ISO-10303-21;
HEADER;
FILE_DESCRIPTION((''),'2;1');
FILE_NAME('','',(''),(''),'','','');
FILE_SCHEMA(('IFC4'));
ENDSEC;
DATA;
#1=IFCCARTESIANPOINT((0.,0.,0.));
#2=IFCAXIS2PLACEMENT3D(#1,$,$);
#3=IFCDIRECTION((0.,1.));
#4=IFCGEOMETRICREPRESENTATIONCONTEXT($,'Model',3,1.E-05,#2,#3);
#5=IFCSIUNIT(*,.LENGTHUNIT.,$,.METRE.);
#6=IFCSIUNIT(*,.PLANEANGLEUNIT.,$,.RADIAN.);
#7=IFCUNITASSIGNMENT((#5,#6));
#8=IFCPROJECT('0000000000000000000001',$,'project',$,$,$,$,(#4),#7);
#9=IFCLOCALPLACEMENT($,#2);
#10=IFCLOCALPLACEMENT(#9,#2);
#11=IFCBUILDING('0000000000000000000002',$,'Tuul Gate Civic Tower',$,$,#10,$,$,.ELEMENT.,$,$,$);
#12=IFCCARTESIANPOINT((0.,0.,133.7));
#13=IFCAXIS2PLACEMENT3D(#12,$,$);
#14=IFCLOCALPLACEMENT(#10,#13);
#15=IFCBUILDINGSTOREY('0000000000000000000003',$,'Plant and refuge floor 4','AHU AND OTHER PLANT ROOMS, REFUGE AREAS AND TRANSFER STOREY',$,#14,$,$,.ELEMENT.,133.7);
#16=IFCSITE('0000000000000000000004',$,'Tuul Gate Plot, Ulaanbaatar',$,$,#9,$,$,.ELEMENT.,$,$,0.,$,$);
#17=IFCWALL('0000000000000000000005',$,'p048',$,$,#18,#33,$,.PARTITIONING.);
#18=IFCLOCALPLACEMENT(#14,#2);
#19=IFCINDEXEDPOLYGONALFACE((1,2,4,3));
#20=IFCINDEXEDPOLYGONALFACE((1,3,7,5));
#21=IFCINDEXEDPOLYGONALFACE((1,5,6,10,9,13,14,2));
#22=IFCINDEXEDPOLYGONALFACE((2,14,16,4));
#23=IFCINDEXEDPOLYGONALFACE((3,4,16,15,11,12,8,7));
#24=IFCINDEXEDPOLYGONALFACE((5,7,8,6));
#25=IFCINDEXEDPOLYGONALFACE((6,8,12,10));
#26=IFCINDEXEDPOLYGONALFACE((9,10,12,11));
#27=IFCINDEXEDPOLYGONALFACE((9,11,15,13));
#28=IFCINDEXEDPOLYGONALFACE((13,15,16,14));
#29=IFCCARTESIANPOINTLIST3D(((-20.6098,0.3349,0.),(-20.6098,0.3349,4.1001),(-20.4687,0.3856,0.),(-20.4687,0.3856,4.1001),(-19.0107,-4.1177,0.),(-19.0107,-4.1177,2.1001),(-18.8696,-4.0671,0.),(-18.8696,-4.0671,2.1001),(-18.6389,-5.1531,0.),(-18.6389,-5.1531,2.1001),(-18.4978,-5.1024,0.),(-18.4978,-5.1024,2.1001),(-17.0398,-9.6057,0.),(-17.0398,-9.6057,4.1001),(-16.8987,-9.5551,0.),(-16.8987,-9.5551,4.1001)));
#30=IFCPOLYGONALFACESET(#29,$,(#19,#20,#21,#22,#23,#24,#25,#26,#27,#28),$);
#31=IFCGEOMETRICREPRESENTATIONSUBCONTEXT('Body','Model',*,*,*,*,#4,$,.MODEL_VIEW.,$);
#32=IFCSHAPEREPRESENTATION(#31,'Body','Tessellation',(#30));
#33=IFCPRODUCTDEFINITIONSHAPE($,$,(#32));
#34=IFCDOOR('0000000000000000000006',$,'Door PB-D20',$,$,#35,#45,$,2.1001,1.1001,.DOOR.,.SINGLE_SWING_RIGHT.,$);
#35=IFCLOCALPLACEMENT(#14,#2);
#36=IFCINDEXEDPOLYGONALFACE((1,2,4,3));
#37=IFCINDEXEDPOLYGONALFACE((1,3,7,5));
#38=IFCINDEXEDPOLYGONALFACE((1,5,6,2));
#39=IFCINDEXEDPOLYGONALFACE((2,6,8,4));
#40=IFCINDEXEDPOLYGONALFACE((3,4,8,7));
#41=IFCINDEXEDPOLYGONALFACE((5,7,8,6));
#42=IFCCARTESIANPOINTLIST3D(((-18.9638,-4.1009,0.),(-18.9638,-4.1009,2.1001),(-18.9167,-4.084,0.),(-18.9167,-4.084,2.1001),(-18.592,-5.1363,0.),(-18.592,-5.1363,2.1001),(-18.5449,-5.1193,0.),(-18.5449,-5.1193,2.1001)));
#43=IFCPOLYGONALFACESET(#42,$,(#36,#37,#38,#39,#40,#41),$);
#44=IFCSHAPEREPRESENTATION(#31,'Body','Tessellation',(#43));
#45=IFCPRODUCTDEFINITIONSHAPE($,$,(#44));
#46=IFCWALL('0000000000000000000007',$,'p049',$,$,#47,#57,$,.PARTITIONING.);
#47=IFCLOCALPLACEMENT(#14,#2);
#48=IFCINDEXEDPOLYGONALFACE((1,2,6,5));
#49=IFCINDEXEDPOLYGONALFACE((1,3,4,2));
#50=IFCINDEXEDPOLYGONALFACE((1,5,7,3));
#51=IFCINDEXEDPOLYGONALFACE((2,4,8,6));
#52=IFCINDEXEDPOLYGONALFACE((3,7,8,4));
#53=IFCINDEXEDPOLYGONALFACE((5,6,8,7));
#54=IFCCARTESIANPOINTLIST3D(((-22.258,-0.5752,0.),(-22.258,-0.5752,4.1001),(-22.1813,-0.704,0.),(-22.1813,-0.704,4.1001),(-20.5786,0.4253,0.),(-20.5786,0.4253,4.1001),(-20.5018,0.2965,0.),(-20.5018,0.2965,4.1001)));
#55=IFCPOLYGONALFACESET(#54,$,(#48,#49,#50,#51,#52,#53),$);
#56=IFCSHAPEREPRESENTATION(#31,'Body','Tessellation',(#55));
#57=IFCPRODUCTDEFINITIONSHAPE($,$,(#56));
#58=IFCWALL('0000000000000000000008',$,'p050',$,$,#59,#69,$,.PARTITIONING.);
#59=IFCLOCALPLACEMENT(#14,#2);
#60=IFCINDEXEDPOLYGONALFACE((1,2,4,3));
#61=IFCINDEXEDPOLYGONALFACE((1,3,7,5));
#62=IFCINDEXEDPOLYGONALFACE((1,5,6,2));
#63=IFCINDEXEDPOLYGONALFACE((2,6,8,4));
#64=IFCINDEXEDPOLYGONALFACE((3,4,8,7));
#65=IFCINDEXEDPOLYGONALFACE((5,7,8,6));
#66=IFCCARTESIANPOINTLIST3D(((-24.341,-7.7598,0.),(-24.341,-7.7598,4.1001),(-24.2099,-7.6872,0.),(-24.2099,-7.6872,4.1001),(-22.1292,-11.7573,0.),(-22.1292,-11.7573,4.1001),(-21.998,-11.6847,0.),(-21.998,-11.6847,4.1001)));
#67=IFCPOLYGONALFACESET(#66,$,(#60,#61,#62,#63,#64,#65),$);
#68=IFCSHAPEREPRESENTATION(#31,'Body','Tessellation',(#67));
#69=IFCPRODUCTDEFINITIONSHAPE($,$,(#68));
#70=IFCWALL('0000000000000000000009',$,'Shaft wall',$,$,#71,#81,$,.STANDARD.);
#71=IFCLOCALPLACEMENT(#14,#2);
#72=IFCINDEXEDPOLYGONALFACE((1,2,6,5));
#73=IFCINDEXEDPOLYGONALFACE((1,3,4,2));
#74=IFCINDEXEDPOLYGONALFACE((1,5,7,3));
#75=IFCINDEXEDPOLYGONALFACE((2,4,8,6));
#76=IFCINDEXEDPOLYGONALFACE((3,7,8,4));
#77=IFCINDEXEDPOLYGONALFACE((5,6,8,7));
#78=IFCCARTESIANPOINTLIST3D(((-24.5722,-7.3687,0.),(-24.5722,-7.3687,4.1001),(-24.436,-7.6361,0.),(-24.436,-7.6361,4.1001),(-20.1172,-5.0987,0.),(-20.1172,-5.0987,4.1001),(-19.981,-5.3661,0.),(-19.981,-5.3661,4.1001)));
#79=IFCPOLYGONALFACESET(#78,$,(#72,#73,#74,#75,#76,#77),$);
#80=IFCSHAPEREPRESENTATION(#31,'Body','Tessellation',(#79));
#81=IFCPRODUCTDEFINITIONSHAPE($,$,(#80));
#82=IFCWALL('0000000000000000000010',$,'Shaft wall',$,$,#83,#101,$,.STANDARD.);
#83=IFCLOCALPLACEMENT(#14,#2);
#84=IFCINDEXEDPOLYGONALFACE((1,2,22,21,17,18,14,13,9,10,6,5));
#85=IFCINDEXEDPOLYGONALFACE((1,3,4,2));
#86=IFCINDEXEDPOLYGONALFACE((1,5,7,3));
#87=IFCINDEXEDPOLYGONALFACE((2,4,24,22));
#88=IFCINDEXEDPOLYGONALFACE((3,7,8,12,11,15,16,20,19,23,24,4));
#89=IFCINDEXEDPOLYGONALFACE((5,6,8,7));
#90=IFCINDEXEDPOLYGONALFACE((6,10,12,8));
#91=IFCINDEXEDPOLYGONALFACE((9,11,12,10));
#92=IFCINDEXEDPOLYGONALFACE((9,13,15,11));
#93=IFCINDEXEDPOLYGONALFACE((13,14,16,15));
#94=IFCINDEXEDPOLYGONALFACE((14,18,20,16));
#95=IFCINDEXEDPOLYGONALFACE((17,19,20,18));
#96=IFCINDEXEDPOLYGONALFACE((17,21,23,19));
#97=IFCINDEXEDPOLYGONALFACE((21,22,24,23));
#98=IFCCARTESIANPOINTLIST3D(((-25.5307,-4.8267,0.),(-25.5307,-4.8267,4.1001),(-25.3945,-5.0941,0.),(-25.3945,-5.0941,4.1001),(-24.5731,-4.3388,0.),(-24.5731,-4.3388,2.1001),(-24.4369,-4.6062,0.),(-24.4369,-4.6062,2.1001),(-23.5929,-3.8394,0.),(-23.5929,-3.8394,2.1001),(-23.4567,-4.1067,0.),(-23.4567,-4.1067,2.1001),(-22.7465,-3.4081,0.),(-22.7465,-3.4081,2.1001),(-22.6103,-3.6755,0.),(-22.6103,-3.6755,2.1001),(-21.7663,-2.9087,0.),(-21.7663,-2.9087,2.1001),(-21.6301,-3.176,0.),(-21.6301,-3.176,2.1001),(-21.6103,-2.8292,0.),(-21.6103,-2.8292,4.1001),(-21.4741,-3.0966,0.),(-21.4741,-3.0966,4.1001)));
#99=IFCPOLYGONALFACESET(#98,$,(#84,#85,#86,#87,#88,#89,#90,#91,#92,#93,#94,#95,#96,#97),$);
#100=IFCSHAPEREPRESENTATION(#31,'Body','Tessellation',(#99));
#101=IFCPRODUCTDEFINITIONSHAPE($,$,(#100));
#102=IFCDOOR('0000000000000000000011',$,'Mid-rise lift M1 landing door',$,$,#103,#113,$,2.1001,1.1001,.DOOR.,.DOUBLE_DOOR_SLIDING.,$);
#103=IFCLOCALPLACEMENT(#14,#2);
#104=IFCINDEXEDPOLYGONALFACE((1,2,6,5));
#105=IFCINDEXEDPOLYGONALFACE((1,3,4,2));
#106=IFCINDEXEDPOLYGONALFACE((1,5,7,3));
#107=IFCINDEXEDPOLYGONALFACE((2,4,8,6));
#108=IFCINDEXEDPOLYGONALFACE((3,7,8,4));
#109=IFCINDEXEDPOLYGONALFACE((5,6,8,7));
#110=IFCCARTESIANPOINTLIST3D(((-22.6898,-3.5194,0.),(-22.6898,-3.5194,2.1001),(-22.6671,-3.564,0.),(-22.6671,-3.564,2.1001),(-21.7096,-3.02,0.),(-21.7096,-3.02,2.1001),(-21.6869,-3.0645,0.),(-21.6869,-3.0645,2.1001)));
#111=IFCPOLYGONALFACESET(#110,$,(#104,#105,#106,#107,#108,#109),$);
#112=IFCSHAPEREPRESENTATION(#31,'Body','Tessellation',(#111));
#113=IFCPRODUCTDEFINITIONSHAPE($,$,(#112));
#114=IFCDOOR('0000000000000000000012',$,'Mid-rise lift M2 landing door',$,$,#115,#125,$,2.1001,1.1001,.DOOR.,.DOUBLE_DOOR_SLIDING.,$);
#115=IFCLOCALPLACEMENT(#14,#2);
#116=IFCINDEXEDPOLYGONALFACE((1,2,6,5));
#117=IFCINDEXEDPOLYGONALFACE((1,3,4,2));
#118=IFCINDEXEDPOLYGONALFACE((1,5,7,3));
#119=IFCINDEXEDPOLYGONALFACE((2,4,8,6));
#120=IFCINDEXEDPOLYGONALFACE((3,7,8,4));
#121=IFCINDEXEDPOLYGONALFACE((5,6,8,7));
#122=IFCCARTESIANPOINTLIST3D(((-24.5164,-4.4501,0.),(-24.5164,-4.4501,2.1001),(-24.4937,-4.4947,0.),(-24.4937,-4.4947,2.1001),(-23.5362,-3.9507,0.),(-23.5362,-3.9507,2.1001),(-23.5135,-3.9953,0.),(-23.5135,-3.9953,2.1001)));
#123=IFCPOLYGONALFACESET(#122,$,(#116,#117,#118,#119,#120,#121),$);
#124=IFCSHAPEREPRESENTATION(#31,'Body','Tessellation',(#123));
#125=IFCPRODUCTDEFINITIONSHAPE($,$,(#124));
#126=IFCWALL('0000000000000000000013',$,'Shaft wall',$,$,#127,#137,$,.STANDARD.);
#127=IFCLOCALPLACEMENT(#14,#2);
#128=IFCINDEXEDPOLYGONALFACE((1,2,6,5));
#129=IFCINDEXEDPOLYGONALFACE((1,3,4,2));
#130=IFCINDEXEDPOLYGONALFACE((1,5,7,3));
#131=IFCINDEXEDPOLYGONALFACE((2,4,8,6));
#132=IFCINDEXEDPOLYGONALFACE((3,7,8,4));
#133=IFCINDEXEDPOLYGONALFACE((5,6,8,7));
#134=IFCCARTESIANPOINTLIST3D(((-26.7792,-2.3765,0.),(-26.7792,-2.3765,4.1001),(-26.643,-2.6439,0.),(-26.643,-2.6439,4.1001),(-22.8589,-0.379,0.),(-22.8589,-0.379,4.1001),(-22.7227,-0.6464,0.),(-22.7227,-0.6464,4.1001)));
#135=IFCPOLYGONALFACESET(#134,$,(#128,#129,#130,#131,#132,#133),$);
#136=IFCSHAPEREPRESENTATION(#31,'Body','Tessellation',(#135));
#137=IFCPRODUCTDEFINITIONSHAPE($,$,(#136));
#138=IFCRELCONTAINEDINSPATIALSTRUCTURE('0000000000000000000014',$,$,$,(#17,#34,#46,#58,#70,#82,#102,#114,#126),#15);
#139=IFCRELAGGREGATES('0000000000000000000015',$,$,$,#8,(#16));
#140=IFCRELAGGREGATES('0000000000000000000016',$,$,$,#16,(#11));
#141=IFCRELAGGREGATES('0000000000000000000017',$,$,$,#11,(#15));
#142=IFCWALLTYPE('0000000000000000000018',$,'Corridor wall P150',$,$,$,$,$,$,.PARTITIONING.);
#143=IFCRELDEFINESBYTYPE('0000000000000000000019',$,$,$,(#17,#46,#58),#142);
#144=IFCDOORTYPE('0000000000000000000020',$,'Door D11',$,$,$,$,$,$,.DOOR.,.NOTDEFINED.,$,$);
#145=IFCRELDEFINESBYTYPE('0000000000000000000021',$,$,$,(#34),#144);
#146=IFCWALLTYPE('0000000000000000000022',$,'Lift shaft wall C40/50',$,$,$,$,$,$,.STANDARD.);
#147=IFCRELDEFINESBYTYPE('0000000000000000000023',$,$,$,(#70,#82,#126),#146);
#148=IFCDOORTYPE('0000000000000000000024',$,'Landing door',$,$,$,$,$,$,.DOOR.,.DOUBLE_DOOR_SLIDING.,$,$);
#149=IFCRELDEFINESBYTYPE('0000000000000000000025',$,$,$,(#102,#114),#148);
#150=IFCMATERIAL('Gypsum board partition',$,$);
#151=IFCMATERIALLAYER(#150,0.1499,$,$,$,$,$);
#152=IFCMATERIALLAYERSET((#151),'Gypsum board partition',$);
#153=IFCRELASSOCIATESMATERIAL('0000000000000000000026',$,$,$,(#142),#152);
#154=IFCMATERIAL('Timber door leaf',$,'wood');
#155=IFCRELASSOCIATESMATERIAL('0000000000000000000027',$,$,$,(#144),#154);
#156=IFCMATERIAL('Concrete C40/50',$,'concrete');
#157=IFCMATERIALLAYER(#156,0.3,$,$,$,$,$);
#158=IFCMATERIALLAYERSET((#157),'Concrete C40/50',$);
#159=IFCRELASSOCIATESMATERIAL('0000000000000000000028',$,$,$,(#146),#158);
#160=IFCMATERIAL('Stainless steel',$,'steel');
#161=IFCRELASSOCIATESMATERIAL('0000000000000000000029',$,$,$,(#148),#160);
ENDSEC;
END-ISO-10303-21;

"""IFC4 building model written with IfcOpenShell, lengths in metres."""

from ifc_helpers import new_model, si_unit, direction, frame, frame_2d, origin, place, context, subcontext, project, spatial, rectangle, extrude, material, layer, layer_set, type_object, element, fill, save


model = new_model("IFC4")

# Units and contexts
model_context = context("Model", 3, precision=1e-05, world=origin(), true_north=direction((0.0, 1.0)))
body_context = subcontext(model_context, "Body", "Model", "MODEL_VIEW")
ifc_project = project(units=[si_unit("LENGTHUNIT", "METRE"), si_unit("PLANEANGLEUNIT", "RADIAN")], contexts=[model_context])

# Site, building, storey
site_placement = place(None, origin())
site = spatial("IfcSite", under=ifc_project, at=site_placement, Name="Tuul Gate Plot, Ulaanbaatar", CompositionType="ELEMENT", RefElevation=0.0)
building_placement = place(site_placement, origin())
building = spatial("IfcBuilding", under=site, at=building_placement, Name="Tuul Gate Civic Tower", CompositionType="ELEMENT")
storey_placement = place(building_placement, frame((0.0, 0.0, 133.7)))
storey = spatial("IfcBuildingStorey", under=building, at=storey_placement, Name="Plant and refuge floor 4", Description="AHU AND OTHER PLANT ROOMS, REFUGE AREAS AND TRANSFER STOREY", CompositionType="ELEMENT", Elevation=133.7)

# Shared definitions
ifc_material_1 = material(Name="Gypsum board partition")
ifc_layer_1 = layer(ifc_material_1, 0.1499)
ifc_layer_set_1 = layer_set([ifc_layer_1], Name="Gypsum board partition")
wall_type_1 = type_object("IfcWallType", Name="Corridor wall P150", PredefinedType="PARTITIONING", material=ifc_layer_set_1)
ifc_material_2 = material(Name="Timber door leaf", Category="wood")
door_type_1 = type_object("IfcDoorType", Name="Door D11", OperationType="NOTDEFINED", PredefinedType="DOOR", material=ifc_material_2)

# Wall, opening, door
wall_1_placement = place(storey_placement, frame((-20.5393, 0.3604, 0.0), z_axis=(0.0, 0.0, 1.0), x_axis=(0.338001, -0.941146, 0.0)))
wall_1 = element("IfcWall", 1, at=wall_1_placement, inside=storey, type_object=wall_type_1, Name="p048", PredefinedType="PARTITIONING", context=body_context, shape_type="SweptSolid", body=[
    extrude(rectangle(XDim=10.5623, YDim=0.1499, at=frame_2d((5.2812, 0.0))), origin(), (0.0, 0.0, 1.0), 4.1001),
])
opening_1_placement = place(wall_1_placement, frame((4.7312, 0.0, 0.0)))
opening_1 = element("IfcOpeningElement", 2, at=opening_1_placement, cuts=wall_1, PredefinedType="OPENING", context=body_context, shape_type="SweptSolid", body=[
    extrude(rectangle(XDim=1.1001, YDim=2.1001, at=frame_2d((0.55, 1.05))), frame((0.0, 0.085, 0.0), z_axis=(0.0, -1.0, 0.0), x_axis=(1.0, 0.0, 0.0)), (0.0, 0.0, 1.0), 0.1699),
])
door_1_placement = place(opening_1_placement, origin())
door_1 = element("IfcDoor", 3, at=door_1_placement, inside=storey, type_object=door_type_1, Name="Door PB-D20", OperationType="SINGLE_SWING_RIGHT", OverallHeight=2.1001, OverallWidth=1.1001, PredefinedType="DOOR", context=body_context, shape_type="SweptSolid", body=[
    extrude(rectangle(XDim=1.1001, YDim=2.1001, at=frame_2d((0.55, 1.05))), frame((0.0, 0.0249, 0.0), z_axis=(0.0, -1.0, 0.0), x_axis=(1.0, 0.0, 0.0)), (0.0, 0.0, 1.0), 0.05),
])
fill(opening_1, door_1)

# Walls
wall_2_placement = place(storey_placement, frame((-22.2197, -0.6396, 0.0), z_axis=(0.0, 0.0, 1.0), x_axis=(0.859109, 0.511793, 0.0)))
element("IfcWall", 4, at=wall_2_placement, inside=storey, type_object=wall_type_1, Name="p049", PredefinedType="PARTITIONING", context=body_context, shape_type="SweptSolid", body=[
    extrude(rectangle(XDim=1.9548, YDim=0.1499, at=frame_2d((0.9775, 0.0))), origin(), (0.0, 0.0, 1.0), 4.1001),
])
wall_3_placement = place(storey_placement, frame((-24.2754, -7.7236, 0.0), z_axis=(0.0, 0.0, 1.0), x_axis=(0.484145, -0.874988, 0.0)))
element("IfcWall", 5, at=wall_3_placement, inside=storey, type_object=wall_type_1, Name="p050", PredefinedType="PARTITIONING", context=body_context, shape_type="SweptSolid", body=[
    extrude(rectangle(XDim=4.5686, YDim=0.1499, at=frame_2d((2.2842, 0.0))), origin(), (0.0, 0.0, 1.0), 4.1001),
])
ifc_material_3 = material(Name="Concrete C40/50", Category="concrete")
ifc_layer_2 = layer(ifc_material_3, 0.3)
ifc_layer_set_2 = layer_set([ifc_layer_2], Name="Concrete C40/50")
wall_type_2 = type_object("IfcWallType", Name="Lift shaft wall C40/50", PredefinedType="STANDARD", material=ifc_layer_set_2)
wall_4_placement = place(storey_placement, frame((-20.0491, -5.2324, 0.0), z_axis=(0.0, 0.0, 1.0), x_axis=(-0.891003, -0.453997, 0.0)))
element("IfcWall", 6, at=wall_4_placement, inside=storey, type_object=wall_type_2, Name="Shaft wall", PredefinedType="STANDARD", context=body_context, shape_type="SweptSolid", body=[
    extrude(rectangle(XDim=5.0, YDim=0.3, at=frame_2d((2.5, 0.0))), origin(), (0.0, 0.0, 1.0), 4.1001),
])

# Wall, openings, doors
wall_5_placement = place(storey_placement, frame((-21.5422, -2.9629, 0.0), z_axis=(0.0, 0.0, 1.0), x_axis=(-0.891006, -0.453992, 0.0)))
wall_5 = element("IfcWall", 7, at=wall_5_placement, inside=storey, type_object=wall_type_2, Name="Shaft wall", PredefinedType="STANDARD", context=body_context, shape_type="SweptSolid", body=[
    extrude(rectangle(XDim=4.3999, YDim=0.3, at=frame_2d((2.2, 0.0))), origin(), (0.0, 0.0, 1.0), 4.1001),
])
opening_2_placement = place(wall_5_placement, frame((0.175, 0.0, 0.0)))
opening_2 = element("IfcOpeningElement", 8, at=opening_2_placement, cuts=wall_5, PredefinedType="OPENING", context=body_context, shape_type="SweptSolid", body=[
    extrude(rectangle(XDim=1.1001, YDim=2.1001, at=frame_2d((0.55, 1.05))), frame((0.0, 0.1602, 0.0), z_axis=(0.0, -1.0, 0.0), x_axis=(1.0, 0.0, 0.0)), (0.0, 0.0, 1.0), 0.3201),
])
opening_3_placement = place(wall_5_placement, frame((2.2251, 0.0, 0.0)))
opening_3 = element("IfcOpeningElement", 9, at=opening_3_placement, cuts=wall_5, PredefinedType="OPENING", context=body_context, shape_type="SweptSolid", body=[
    extrude(rectangle(XDim=1.1001, YDim=2.1001, at=frame_2d((0.55, 1.05))), frame((0.0, 0.1602, 0.0), z_axis=(0.0, -1.0, 0.0), x_axis=(1.0, 0.0, 0.0)), (0.0, 0.0, 1.0), 0.3201),
])
ifc_material_4 = material(Name="Stainless steel", Category="steel")
door_type_2 = type_object("IfcDoorType", Name="Landing door", OperationType="DOUBLE_DOOR_SLIDING", PredefinedType="DOOR", material=ifc_material_4)
door_2_placement = place(opening_2_placement, origin())
door_2 = element("IfcDoor", 10, at=door_2_placement, inside=storey, type_object=door_type_2, Name="Mid-rise lift M1 landing door", OperationType="DOUBLE_DOOR_SLIDING", OverallHeight=2.1001, OverallWidth=1.1001, PredefinedType="DOOR", context=body_context, shape_type="SweptSolid", body=[
    extrude(rectangle(XDim=1.1001, YDim=2.1001, at=frame_2d((0.55, 1.05))), frame((0.0, 0.0249, 0.0), z_axis=(0.0, -1.0, 0.0), x_axis=(1.0, 0.0, 0.0)), (0.0, 0.0, 1.0), 0.05),
])
fill(opening_2, door_2)
door_3_placement = place(opening_3_placement, origin())
door_3 = element("IfcDoor", 11, at=door_3_placement, inside=storey, type_object=door_type_2, Name="Mid-rise lift M2 landing door", OperationType="DOUBLE_DOOR_SLIDING", OverallHeight=2.1001, OverallWidth=1.1001, PredefinedType="DOOR", context=body_context, shape_type="SweptSolid", body=[
    extrude(rectangle(XDim=1.1001, YDim=2.1001, at=frame_2d((0.55, 1.05))), frame((0.0, 0.0249, 0.0), z_axis=(0.0, -1.0, 0.0), x_axis=(1.0, 0.0, 0.0)), (0.0, 0.0, 1.0), 0.05),
])
fill(opening_3, door_3)

# Wall
wall_6_placement = place(storey_placement, frame((-22.7908, -0.5127, 0.0), z_axis=(0.0, 0.0, 1.0), x_axis=(-0.891006, -0.453992, 0.0)))
element("IfcWall", 12, at=wall_6_placement, inside=storey, type_object=wall_type_2, Name="Shaft wall", PredefinedType="STANDARD", context=body_context, shape_type="SweptSolid", body=[
    extrude(rectangle(XDim=4.3999, YDim=0.3, at=frame_2d((2.2, 0.0))), origin(), (0.0, 0.0, 1.0), 4.1001),
])

save(model, "model.ifc")
